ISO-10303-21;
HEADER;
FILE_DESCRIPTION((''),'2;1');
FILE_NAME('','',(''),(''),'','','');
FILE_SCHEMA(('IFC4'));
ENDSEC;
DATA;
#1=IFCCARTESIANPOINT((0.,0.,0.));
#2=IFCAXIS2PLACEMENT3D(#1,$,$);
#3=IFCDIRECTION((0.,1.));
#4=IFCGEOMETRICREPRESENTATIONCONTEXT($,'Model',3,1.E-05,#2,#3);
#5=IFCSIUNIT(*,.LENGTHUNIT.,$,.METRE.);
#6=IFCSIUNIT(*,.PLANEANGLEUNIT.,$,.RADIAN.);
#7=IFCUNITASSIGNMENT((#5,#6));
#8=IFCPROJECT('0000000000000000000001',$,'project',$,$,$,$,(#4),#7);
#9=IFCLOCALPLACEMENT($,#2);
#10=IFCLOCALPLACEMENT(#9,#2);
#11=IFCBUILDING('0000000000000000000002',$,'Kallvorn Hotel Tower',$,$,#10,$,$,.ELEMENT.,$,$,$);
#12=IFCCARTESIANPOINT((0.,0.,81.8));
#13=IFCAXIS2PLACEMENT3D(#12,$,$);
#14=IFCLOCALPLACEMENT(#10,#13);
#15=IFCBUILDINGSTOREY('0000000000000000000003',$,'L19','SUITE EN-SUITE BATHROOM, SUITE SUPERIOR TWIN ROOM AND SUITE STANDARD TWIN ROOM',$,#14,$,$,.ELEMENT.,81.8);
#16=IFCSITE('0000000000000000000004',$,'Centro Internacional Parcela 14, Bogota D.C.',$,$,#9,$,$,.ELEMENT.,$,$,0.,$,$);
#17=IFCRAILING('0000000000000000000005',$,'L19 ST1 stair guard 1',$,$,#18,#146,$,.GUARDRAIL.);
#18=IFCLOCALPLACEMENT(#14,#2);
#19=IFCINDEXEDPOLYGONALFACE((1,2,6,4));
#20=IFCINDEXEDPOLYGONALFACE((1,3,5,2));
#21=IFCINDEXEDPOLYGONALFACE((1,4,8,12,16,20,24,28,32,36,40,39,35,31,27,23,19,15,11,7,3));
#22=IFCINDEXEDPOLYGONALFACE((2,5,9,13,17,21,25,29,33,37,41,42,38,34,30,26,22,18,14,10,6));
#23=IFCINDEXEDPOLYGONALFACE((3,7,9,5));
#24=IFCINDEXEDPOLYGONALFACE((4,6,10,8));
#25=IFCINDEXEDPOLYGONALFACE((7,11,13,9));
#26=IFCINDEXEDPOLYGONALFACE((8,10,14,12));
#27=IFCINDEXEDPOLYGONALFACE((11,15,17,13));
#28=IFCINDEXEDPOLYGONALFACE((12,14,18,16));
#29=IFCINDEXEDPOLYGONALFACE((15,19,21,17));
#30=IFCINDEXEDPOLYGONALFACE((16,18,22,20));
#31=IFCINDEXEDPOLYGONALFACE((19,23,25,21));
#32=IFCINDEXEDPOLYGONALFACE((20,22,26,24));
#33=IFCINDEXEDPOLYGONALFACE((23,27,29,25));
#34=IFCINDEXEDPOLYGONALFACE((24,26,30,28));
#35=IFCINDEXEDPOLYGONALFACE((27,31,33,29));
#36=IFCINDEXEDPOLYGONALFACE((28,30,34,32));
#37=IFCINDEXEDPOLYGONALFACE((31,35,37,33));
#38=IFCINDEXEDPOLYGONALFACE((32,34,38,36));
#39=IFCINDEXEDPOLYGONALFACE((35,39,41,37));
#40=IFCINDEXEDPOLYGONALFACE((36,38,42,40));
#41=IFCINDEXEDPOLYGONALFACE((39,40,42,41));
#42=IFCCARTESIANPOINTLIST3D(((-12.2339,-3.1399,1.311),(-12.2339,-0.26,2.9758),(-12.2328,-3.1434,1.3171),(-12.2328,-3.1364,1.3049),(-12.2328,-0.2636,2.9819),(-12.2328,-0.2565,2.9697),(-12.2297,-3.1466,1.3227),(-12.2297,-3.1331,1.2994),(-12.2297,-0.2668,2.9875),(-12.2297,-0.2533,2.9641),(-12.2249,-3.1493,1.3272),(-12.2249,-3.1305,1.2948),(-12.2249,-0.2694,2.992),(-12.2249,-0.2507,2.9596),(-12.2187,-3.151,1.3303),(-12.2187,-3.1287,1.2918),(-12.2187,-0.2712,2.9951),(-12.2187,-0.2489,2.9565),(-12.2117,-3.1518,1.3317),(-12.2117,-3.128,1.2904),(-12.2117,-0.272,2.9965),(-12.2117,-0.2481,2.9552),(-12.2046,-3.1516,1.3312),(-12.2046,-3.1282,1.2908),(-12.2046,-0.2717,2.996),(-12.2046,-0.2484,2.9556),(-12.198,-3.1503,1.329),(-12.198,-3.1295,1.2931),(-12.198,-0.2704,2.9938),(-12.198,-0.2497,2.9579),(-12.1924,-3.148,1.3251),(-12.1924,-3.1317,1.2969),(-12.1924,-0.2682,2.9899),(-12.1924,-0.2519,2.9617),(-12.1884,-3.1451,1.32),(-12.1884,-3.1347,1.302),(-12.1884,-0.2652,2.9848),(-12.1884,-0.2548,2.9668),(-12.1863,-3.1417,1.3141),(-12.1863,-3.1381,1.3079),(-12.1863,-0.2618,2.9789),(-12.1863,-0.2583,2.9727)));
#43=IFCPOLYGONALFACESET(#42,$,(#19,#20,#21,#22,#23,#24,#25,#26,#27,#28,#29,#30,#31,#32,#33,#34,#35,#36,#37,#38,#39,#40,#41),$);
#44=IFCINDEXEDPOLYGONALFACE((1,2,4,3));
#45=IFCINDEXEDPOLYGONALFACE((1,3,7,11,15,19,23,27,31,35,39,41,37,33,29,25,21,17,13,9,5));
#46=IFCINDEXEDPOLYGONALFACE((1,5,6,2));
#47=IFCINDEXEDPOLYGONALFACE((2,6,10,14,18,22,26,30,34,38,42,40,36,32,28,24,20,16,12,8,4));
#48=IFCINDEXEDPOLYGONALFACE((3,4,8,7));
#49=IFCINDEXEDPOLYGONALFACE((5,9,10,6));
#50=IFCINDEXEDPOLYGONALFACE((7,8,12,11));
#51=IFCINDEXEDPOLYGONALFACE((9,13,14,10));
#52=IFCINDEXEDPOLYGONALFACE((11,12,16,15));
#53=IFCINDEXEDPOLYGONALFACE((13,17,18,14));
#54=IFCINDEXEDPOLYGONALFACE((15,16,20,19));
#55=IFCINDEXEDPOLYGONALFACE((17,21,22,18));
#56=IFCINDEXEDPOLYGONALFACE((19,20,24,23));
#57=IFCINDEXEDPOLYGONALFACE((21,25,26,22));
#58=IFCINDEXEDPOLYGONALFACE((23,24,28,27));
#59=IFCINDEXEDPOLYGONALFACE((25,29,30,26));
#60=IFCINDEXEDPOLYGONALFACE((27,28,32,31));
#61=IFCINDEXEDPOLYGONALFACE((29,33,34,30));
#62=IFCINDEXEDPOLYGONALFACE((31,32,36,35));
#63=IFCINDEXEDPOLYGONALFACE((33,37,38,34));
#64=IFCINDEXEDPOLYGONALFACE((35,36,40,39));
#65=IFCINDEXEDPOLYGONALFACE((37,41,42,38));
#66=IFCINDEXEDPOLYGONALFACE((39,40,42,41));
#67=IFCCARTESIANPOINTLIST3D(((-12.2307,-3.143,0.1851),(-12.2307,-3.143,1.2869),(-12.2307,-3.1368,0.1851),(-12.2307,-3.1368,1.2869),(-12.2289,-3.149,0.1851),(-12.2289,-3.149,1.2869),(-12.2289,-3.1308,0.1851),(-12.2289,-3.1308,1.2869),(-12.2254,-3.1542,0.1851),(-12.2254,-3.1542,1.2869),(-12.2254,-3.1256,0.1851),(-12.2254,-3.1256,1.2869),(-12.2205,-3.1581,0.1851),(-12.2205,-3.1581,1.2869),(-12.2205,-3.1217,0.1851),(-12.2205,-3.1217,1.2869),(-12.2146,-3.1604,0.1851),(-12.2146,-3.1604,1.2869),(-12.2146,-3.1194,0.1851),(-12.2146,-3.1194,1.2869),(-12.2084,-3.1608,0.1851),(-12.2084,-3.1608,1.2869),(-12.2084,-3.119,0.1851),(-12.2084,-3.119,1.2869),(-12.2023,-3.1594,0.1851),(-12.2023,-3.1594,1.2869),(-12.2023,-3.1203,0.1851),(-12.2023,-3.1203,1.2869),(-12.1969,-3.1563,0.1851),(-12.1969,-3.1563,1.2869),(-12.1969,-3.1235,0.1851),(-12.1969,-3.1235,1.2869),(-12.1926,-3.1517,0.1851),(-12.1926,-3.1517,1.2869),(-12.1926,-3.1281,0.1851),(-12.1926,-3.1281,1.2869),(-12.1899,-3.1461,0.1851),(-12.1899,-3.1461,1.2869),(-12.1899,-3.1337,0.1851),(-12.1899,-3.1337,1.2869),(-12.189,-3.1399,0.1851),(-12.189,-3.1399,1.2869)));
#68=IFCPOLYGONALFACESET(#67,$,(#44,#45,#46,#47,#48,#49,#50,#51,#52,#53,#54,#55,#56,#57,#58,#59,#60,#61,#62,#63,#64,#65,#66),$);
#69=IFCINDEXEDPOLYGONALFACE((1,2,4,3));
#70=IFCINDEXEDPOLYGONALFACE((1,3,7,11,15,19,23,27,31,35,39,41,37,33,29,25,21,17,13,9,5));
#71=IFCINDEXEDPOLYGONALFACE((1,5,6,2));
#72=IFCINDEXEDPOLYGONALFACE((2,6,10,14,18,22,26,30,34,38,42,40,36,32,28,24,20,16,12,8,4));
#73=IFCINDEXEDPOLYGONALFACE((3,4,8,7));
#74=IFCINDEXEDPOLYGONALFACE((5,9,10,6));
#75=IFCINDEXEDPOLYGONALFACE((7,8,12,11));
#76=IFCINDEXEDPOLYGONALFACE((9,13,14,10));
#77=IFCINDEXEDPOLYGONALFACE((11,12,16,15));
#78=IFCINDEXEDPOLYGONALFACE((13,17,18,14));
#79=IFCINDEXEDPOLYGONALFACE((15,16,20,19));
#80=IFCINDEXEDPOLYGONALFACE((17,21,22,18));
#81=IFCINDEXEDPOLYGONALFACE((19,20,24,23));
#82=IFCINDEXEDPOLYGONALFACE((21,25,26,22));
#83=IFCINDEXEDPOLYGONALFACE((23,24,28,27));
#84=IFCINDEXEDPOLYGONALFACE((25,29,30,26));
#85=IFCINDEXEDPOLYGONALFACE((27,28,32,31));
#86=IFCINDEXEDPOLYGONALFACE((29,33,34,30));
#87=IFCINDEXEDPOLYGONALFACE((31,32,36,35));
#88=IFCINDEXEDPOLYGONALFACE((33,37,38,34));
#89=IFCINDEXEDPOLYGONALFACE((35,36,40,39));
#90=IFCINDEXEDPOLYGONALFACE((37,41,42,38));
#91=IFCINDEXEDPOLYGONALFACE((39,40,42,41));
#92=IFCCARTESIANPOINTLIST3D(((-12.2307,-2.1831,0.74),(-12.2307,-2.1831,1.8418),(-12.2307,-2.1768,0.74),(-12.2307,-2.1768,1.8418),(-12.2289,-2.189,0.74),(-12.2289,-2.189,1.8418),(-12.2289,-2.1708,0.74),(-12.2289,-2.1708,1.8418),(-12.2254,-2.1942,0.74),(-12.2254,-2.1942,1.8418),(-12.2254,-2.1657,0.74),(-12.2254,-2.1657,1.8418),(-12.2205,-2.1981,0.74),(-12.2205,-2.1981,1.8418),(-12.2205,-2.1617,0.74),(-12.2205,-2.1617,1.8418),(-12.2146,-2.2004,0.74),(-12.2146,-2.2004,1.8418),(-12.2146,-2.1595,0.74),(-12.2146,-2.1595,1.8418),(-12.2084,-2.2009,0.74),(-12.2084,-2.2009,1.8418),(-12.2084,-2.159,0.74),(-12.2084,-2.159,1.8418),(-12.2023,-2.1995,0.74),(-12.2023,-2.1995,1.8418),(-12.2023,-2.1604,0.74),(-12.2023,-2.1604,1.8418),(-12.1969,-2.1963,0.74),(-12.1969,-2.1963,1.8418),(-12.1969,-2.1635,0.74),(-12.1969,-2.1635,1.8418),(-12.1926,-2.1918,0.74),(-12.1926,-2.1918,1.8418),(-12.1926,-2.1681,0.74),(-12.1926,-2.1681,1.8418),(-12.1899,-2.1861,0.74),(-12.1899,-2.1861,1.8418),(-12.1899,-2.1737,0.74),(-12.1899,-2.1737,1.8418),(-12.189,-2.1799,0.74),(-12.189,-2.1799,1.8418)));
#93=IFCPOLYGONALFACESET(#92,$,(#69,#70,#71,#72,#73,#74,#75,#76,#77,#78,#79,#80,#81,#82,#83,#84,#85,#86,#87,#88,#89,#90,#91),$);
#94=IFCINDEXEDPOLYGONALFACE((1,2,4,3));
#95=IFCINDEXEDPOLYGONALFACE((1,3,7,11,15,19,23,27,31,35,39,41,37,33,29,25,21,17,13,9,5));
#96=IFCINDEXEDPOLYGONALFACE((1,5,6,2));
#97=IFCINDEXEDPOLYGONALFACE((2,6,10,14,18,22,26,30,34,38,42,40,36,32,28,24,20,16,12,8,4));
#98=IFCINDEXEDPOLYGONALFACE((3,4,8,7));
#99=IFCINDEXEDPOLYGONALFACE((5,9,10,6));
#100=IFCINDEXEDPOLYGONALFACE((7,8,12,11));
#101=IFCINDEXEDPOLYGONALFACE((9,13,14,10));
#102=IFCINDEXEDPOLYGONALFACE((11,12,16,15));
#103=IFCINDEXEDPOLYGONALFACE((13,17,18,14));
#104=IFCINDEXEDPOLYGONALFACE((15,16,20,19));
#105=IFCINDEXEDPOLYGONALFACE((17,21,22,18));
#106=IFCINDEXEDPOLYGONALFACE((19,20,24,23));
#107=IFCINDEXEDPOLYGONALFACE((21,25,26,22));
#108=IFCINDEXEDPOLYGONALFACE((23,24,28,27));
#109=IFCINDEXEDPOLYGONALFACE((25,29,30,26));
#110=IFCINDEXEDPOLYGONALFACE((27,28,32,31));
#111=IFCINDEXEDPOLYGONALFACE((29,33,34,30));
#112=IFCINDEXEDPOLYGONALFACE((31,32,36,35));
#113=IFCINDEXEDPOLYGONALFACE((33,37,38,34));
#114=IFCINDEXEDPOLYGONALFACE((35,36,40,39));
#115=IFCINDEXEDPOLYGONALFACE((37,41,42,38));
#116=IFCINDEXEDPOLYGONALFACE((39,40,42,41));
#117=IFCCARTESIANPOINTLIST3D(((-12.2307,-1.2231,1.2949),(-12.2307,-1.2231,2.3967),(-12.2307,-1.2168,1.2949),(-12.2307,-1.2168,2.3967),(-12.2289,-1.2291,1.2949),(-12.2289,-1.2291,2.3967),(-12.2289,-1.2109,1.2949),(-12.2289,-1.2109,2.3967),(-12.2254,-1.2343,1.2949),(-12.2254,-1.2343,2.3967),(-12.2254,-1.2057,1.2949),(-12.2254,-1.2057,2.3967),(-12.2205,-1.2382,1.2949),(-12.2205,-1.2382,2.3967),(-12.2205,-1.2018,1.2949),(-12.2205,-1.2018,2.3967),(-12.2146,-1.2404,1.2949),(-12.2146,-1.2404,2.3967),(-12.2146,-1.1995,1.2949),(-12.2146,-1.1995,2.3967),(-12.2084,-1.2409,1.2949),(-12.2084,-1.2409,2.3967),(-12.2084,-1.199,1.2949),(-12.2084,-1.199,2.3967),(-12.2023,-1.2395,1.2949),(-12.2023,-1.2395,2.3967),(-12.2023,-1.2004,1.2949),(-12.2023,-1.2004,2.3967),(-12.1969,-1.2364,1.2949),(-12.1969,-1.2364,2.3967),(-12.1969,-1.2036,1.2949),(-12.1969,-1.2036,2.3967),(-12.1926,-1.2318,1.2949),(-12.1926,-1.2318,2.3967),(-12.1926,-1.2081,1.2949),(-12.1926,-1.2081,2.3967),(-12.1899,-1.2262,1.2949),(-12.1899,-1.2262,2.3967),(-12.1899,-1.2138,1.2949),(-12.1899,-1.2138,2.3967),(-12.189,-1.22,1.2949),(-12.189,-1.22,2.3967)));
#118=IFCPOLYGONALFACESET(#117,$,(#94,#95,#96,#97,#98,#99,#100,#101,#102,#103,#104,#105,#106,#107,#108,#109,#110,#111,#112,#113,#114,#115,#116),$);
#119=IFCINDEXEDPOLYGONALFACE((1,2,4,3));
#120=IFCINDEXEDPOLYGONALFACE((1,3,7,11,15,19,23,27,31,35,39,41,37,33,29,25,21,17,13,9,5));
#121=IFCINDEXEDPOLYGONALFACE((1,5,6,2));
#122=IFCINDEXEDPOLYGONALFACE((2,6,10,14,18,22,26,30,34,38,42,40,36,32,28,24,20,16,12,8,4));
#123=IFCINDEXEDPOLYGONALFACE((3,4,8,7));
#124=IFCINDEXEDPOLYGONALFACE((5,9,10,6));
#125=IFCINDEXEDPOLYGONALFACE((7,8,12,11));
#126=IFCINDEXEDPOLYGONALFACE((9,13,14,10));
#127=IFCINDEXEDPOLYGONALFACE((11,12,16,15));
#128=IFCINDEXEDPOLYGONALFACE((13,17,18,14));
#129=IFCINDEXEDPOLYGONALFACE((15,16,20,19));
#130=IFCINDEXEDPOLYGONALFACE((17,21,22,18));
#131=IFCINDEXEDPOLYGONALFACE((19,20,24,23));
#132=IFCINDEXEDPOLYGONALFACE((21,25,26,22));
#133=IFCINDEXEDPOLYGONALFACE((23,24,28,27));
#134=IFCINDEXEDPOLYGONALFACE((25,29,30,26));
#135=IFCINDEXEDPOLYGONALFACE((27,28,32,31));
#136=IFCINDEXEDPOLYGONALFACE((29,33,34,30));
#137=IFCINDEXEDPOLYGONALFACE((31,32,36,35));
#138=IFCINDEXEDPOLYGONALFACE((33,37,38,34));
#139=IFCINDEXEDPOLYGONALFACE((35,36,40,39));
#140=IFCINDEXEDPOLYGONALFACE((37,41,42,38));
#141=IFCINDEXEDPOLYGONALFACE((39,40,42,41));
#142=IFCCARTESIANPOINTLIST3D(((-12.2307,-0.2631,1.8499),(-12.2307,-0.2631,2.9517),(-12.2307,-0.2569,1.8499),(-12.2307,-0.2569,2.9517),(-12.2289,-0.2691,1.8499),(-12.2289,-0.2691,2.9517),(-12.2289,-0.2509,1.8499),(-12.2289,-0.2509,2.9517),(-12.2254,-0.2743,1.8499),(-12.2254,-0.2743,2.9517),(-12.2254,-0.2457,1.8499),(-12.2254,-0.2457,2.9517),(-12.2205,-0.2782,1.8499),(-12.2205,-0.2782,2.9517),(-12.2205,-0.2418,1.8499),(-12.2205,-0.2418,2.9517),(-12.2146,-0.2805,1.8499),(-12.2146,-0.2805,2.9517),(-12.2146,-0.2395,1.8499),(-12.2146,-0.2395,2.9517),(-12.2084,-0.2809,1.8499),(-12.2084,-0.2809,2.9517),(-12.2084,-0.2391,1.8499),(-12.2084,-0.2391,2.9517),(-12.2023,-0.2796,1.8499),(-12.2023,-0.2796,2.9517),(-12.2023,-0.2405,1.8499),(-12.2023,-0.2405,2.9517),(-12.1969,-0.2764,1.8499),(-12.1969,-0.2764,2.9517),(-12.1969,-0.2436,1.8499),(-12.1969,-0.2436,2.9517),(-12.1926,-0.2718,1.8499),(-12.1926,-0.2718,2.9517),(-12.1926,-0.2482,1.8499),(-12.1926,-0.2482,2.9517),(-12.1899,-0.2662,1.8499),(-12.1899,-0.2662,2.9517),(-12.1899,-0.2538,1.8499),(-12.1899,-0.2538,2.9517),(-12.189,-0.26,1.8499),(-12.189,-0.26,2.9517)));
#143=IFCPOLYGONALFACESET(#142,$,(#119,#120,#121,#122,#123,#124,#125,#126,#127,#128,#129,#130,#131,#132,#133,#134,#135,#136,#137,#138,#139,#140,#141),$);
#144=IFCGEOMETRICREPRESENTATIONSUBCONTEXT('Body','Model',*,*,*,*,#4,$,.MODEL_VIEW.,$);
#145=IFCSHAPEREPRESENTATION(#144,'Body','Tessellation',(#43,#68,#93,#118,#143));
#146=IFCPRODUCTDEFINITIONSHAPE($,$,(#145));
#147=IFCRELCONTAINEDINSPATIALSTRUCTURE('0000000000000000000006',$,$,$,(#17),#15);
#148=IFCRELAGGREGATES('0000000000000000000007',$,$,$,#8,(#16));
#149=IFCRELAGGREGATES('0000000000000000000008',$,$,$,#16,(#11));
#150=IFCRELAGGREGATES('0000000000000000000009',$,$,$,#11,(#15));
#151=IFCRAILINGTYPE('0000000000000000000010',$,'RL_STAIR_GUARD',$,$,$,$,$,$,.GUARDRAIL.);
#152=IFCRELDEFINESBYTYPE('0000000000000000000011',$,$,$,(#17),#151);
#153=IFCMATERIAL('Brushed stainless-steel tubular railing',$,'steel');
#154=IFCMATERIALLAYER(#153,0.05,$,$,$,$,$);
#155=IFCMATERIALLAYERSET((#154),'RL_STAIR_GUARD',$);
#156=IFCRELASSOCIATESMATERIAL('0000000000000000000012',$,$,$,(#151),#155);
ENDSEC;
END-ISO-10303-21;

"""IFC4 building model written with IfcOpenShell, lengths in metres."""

from ifc_helpers import new_model, si_unit, direction, frame, origin, origin_2d, place, context, subcontext, project, spatial, circle, extrude, material, layer, layer_set, type_object, element, save


model = new_model("IFC4")

# Units and contexts
model_context = context("Model", 3, precision=1e-05, world=origin(), true_north=direction((0.0, 1.0)))
body_context = subcontext(model_context, "Body", "Model", "MODEL_VIEW")
ifc_project = project(units=[si_unit("LENGTHUNIT", "METRE"), si_unit("PLANEANGLEUNIT", "RADIAN")], contexts=[model_context])

# Site, building, storey
site_placement = place(None, origin())
site = spatial("IfcSite", under=ifc_project, at=site_placement, Name="Centro Internacional Parcela 14, Bogota D.C.", CompositionType="ELEMENT", RefElevation=0.0)
building_placement = place(site_placement, origin())
building = spatial("IfcBuilding", under=site, at=building_placement, Name="Kallvorn Hotel Tower", CompositionType="ELEMENT")
storey_placement = place(building_placement, frame((0.0, 0.0, 81.8)))
storey = spatial("IfcBuildingStorey", under=building, at=storey_placement, Name="L19", Description="SUITE EN-SUITE BATHROOM, SUITE SUPERIOR TWIN ROOM AND SUITE STANDARD TWIN ROOM", CompositionType="ELEMENT", Elevation=81.8)

# Railing
ifc_material_1 = material(Name="Brushed stainless-steel tubular railing", Category="steel")
ifc_layer_1 = layer(ifc_material_1, 0.05)
ifc_layer_set_1 = layer_set([ifc_layer_1], Name="RL_STAIR_GUARD")
railing_type_1 = type_object("IfcRailingType", Name="RL_STAIR_GUARD", PredefinedType="GUARDRAIL", material=ifc_layer_set_1)
railing_1_placement = place(storey_placement, frame((-12.21, -3.1399, 0.1851)))
element("IfcRailing", 1, at=railing_1_placement, inside=storey, type_object=railing_type_1, Name="L19 ST1 stair guard 1", PredefinedType="GUARDRAIL", context=body_context, shape_type="SweptSolid", body=[
    extrude(circle(Radius=0.0239, at=origin_2d()), frame((0.0, 0.0, 1.126), z_axis=(0.0, 0.865753, 0.500472), x_axis=(-1.0, 0.0, 0.0)), (0.0, 0.0, 1.0), 3.3264),
    extrude(circle(Radius=0.021, at=origin_2d()), origin(), (0.0, 0.0, 1.0), 1.1018),
    extrude(circle(Radius=0.021, at=origin_2d()), frame((0.0, 0.96, 0.5549)), (0.0, 0.0, 1.0), 1.1018),
    extrude(circle(Radius=0.021, at=origin_2d()), frame((0.0, 1.9199, 1.1099)), (0.0, 0.0, 1.0), 1.1018),
    extrude(circle(Radius=0.021, at=origin_2d()), frame((0.0, 2.8799, 1.6648)), (0.0, 0.0, 1.0), 1.1018),
])

save(model, "model.ifc")
